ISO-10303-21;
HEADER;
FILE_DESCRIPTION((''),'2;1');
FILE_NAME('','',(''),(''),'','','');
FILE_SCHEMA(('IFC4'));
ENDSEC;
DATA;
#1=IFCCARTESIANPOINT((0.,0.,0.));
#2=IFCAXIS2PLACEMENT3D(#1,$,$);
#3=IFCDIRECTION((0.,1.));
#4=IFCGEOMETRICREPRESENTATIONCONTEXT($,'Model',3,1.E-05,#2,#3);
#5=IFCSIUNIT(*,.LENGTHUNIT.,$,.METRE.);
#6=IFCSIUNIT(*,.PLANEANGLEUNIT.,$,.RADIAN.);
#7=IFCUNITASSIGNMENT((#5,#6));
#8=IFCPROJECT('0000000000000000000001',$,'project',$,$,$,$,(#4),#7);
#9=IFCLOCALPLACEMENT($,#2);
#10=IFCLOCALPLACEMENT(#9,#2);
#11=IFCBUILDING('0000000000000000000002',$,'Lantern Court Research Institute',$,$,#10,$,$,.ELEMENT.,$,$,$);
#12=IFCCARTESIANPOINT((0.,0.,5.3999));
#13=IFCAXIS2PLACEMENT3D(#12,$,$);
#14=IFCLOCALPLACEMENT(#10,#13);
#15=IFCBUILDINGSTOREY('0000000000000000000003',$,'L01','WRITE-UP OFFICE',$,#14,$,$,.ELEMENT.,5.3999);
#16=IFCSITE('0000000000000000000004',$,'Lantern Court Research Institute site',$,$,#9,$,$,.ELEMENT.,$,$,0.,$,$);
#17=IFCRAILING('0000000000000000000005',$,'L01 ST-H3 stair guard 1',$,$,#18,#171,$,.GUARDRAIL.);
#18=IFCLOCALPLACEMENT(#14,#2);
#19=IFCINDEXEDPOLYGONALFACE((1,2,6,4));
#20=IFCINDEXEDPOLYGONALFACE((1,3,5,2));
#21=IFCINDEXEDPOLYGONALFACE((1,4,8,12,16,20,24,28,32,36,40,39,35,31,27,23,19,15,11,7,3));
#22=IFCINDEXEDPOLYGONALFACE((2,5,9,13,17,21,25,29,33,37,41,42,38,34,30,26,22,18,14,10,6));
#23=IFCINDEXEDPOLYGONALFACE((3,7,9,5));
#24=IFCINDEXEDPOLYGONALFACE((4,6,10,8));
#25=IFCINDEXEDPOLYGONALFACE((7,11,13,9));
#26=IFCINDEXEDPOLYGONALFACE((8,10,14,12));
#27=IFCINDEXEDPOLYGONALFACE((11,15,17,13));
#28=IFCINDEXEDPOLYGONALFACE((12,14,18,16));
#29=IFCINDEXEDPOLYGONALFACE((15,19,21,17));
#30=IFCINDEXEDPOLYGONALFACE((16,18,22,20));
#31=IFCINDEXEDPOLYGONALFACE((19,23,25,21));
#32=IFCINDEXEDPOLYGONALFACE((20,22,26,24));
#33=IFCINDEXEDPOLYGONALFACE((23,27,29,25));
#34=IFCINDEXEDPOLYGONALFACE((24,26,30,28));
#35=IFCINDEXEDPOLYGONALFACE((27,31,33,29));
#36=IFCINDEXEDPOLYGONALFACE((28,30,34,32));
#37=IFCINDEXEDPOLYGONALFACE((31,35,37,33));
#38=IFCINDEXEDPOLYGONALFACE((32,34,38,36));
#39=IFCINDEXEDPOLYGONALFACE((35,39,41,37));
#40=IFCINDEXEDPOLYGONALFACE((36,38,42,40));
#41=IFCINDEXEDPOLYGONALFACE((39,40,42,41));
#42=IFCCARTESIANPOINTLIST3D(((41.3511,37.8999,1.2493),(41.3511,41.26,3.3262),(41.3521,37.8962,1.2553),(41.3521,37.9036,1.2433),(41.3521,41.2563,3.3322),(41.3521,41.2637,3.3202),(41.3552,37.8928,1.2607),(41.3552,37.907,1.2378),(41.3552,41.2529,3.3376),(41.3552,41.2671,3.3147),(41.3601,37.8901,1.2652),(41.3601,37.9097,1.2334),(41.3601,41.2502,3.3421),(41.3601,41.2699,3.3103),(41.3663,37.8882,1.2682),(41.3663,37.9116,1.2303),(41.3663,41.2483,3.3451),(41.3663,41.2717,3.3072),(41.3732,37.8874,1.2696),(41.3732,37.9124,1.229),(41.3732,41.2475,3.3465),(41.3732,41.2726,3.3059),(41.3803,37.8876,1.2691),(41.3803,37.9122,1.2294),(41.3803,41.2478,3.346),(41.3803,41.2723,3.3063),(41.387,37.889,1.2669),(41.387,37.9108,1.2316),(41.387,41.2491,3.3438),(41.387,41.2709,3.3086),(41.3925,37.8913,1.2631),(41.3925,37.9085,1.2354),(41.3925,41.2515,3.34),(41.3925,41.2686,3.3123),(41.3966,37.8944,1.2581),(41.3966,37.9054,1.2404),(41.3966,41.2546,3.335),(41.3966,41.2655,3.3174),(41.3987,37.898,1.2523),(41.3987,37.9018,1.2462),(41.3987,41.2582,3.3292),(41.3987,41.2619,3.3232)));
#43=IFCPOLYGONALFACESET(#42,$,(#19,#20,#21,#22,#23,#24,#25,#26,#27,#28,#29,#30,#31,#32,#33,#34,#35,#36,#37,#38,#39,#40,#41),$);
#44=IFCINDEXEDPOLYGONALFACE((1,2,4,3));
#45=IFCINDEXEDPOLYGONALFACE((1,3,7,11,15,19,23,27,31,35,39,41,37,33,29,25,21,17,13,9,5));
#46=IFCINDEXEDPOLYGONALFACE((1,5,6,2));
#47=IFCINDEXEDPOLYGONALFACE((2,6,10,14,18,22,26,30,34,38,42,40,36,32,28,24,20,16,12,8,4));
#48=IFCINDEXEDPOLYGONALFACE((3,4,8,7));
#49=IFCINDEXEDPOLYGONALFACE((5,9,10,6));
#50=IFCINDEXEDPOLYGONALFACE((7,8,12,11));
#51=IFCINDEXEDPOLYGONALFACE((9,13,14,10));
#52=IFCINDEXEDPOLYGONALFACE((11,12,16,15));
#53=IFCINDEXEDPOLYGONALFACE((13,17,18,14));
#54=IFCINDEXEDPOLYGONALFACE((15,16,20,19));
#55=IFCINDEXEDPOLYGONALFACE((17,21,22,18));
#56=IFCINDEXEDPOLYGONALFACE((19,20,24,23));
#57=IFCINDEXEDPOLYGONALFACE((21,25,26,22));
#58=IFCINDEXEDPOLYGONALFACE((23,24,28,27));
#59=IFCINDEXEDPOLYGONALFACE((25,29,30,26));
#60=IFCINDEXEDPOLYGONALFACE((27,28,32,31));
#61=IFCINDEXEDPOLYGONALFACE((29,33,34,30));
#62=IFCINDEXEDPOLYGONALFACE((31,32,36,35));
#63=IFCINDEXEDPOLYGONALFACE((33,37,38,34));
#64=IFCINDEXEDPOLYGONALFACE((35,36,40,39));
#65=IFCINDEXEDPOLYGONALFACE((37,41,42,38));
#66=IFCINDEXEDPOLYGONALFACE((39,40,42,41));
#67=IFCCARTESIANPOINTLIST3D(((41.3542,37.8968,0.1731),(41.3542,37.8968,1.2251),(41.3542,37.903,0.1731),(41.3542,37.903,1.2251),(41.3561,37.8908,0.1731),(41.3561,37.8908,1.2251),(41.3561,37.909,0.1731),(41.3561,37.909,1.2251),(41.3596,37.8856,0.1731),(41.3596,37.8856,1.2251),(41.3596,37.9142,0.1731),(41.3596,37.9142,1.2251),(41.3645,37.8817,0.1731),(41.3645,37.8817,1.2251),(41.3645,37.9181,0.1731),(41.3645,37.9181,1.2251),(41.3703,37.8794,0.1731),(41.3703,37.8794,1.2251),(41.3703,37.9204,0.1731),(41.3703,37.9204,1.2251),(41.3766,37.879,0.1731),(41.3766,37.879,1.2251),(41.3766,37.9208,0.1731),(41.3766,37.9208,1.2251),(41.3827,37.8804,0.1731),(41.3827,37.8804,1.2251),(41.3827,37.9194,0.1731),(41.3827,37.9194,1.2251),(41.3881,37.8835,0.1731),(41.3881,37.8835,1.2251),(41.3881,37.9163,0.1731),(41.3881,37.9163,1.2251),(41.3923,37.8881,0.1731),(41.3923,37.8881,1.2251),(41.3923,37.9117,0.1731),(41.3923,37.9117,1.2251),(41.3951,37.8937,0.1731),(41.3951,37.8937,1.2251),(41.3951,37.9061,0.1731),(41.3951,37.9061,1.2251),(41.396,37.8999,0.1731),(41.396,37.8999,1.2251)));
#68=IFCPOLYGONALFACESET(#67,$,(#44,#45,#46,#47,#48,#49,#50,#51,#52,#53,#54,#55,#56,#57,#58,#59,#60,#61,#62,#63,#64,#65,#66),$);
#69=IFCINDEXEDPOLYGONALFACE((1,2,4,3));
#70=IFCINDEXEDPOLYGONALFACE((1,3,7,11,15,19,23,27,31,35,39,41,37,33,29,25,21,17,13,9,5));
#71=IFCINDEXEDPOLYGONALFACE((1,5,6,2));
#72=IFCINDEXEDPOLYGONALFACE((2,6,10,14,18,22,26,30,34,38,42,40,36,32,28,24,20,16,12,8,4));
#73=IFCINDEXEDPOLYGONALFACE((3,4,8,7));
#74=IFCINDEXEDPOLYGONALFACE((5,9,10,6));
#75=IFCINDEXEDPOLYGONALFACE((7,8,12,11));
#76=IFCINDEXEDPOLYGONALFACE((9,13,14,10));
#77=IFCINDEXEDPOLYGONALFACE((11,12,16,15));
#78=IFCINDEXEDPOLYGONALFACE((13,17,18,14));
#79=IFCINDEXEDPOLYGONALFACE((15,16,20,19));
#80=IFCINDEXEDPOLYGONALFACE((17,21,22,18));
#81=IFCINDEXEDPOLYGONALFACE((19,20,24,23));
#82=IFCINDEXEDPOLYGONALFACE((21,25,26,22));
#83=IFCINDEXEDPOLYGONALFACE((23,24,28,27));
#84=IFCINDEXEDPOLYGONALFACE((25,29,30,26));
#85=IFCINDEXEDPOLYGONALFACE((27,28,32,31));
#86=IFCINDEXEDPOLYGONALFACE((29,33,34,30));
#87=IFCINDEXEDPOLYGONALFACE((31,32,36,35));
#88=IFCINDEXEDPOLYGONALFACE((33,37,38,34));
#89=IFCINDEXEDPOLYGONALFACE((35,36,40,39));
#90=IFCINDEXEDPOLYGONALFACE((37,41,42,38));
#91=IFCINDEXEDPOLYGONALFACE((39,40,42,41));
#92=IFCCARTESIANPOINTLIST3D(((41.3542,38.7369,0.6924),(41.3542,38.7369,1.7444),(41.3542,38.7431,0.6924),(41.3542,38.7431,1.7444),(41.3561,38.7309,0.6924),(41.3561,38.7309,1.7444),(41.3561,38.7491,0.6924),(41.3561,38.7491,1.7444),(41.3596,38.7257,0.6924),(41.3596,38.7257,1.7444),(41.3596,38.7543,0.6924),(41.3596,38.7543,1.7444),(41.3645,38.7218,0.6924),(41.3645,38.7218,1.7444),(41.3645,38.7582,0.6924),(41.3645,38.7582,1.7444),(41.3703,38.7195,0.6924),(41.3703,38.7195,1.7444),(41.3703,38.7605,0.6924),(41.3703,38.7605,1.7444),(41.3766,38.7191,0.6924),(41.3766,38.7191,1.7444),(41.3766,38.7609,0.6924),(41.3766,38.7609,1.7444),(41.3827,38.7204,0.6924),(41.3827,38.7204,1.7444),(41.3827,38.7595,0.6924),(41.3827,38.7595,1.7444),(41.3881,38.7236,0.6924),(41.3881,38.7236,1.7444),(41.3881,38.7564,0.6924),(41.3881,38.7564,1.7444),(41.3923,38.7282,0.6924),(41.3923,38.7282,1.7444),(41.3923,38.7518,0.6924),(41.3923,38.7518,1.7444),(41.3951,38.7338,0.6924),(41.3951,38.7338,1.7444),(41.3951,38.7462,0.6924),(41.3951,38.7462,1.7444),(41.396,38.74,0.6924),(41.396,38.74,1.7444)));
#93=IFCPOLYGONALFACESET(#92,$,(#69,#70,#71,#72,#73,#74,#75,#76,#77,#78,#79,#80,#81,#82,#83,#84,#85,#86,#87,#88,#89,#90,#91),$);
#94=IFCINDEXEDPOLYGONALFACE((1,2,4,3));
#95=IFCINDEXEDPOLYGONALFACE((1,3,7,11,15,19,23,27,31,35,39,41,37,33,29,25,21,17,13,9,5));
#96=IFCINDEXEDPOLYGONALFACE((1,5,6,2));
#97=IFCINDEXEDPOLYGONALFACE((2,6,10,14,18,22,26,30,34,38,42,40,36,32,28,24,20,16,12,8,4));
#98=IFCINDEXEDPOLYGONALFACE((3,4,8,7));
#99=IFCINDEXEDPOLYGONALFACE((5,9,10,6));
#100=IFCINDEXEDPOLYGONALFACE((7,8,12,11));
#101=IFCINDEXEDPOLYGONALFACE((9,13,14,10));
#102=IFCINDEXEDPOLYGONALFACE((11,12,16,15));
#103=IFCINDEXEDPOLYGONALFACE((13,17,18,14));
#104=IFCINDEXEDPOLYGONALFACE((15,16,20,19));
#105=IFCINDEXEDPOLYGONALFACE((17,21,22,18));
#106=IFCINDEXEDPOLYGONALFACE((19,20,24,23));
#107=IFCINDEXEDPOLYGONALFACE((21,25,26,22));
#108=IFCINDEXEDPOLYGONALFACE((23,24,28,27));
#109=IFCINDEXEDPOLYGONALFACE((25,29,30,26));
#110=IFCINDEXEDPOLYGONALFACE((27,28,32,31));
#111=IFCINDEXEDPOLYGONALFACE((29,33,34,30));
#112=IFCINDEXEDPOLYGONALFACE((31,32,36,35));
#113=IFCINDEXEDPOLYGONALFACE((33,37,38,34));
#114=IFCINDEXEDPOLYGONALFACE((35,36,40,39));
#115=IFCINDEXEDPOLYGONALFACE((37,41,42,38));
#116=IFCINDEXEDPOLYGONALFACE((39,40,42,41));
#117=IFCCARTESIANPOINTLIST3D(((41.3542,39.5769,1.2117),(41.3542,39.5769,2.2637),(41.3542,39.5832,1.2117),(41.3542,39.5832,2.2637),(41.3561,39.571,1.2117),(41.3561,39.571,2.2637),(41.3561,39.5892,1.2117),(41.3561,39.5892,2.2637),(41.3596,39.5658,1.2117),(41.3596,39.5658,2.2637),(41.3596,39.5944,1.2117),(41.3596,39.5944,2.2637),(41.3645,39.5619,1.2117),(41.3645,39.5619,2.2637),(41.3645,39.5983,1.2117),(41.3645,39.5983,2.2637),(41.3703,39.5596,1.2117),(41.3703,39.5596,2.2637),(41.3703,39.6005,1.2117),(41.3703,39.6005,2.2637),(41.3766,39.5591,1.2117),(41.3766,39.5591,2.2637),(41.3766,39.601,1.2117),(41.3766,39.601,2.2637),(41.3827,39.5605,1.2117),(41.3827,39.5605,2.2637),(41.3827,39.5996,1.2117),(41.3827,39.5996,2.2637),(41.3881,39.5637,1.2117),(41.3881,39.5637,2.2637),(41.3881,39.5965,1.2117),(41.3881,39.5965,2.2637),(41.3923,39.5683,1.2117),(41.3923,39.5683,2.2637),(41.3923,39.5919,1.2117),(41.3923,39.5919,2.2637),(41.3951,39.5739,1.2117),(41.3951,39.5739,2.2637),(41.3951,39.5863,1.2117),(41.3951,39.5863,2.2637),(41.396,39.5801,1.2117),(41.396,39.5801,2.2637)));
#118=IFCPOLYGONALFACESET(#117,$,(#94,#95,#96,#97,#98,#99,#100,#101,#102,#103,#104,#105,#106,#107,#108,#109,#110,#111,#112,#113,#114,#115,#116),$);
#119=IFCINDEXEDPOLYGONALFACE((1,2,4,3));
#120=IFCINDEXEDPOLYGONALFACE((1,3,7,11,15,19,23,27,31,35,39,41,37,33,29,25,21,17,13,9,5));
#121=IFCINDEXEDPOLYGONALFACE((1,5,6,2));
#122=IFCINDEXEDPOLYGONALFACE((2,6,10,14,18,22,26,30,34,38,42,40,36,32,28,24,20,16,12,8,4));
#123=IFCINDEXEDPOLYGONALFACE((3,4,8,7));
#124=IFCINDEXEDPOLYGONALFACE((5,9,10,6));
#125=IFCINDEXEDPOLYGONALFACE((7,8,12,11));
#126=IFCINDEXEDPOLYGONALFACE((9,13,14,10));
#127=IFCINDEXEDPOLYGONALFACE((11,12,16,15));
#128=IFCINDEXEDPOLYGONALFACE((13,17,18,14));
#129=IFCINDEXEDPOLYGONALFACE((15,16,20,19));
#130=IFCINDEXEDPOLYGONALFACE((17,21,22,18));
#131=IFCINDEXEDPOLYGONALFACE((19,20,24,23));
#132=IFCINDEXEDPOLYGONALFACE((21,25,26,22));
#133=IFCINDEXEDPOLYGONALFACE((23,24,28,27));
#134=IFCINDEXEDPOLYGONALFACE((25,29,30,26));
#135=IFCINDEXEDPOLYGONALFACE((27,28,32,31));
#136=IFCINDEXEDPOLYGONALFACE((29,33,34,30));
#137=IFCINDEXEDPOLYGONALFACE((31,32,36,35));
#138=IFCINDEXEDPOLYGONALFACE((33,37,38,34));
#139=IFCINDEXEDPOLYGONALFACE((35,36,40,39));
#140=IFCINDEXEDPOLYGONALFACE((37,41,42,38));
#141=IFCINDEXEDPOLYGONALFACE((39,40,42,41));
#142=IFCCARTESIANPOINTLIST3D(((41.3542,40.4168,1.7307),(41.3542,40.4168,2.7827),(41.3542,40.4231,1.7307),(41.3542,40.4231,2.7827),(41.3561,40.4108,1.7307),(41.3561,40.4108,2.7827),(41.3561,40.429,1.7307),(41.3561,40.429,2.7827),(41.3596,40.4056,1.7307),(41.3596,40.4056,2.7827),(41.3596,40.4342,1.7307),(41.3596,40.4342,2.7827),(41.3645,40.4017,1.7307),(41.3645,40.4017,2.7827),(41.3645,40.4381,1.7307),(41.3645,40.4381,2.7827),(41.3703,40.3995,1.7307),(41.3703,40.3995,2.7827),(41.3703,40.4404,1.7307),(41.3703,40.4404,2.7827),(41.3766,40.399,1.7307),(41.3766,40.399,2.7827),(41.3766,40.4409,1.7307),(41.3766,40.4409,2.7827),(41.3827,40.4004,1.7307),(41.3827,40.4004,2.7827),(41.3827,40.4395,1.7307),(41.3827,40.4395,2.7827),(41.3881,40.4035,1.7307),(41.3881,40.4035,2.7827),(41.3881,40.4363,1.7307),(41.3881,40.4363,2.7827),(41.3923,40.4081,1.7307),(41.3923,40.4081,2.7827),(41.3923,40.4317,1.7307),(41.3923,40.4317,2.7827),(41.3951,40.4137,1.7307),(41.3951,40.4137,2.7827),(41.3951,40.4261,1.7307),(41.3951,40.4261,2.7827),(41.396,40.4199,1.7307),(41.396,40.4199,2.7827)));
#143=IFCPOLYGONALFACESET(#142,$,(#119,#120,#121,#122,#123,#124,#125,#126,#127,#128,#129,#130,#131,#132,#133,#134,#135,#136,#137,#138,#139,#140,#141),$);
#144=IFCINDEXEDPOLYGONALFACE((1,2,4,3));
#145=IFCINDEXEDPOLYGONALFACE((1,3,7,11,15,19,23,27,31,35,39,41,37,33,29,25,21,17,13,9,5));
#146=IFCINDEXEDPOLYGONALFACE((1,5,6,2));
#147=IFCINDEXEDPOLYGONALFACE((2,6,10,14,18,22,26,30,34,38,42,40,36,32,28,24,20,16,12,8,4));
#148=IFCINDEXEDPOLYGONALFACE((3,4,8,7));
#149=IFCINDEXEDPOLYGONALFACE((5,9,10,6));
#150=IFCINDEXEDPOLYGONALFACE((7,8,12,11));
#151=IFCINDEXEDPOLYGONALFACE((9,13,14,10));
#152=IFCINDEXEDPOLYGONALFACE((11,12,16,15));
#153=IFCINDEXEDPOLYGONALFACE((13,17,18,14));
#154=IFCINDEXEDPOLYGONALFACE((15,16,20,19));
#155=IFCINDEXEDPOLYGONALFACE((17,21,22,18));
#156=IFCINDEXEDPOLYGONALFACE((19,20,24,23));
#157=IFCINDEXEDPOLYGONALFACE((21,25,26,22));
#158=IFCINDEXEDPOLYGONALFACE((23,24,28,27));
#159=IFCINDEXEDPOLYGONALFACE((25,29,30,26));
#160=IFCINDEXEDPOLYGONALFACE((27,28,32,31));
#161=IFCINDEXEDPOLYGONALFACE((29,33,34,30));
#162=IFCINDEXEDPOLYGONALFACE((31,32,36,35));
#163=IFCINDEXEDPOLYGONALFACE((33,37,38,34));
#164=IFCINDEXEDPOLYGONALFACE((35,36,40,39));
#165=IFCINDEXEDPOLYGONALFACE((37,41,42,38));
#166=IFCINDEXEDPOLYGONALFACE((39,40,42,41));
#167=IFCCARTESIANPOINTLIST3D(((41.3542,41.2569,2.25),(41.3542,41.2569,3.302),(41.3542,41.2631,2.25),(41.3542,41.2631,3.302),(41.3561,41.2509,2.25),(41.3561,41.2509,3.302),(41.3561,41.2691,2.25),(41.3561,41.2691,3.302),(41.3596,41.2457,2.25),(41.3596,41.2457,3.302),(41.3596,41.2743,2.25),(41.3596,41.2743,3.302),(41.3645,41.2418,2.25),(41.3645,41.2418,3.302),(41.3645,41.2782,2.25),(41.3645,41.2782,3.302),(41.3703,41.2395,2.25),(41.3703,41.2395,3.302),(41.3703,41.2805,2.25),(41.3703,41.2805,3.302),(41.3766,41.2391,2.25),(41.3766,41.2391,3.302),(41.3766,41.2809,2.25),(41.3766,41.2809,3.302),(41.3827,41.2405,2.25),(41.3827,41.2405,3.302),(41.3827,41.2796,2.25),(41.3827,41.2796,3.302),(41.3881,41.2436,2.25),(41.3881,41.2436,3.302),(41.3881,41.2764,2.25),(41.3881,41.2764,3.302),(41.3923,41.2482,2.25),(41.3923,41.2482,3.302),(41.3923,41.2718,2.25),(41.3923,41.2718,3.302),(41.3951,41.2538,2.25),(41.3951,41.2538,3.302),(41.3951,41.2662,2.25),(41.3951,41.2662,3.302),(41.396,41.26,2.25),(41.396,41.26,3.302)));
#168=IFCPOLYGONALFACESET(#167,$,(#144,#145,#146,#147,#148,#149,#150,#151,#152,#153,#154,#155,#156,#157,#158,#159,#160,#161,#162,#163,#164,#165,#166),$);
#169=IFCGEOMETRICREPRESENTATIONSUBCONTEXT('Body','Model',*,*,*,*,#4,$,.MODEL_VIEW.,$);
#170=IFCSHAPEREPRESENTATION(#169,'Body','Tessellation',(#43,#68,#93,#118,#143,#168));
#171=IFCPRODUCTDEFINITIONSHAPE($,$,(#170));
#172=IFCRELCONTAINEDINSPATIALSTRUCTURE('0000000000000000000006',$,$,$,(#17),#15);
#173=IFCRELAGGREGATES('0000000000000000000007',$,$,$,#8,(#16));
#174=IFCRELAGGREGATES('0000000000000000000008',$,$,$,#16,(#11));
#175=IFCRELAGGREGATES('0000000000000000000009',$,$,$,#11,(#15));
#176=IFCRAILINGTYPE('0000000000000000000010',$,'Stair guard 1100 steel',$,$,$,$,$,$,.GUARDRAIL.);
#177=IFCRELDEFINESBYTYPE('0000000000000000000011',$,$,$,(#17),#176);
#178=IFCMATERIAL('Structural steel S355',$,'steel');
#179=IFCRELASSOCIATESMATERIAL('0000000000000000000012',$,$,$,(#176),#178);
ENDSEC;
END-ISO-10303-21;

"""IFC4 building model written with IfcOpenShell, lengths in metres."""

from ifc_helpers import new_model, si_unit, direction, frame, origin, origin_2d, place, context, subcontext, project, spatial, circle, extrude, material, type_object, element, save


model = new_model("IFC4")

# Units and contexts
model_context = context("Model", 3, precision=1e-05, world=origin(), true_north=direction((0.0, 1.0)))
body_context = subcontext(model_context, "Body", "Model", "MODEL_VIEW")
ifc_project = project(units=[si_unit("LENGTHUNIT", "METRE"), si_unit("PLANEANGLEUNIT", "RADIAN")], contexts=[model_context])

# Site, building, storey
site_placement = place(None, origin())
site = spatial("IfcSite", under=ifc_project, at=site_placement, Name="Lantern Court Research Institute site", CompositionType="ELEMENT", RefElevation=0.0)
building_placement = place(site_placement, origin())
building = spatial("IfcBuilding", under=site, at=building_placement, Name="Lantern Court Research Institute", CompositionType="ELEMENT")
storey_placement = place(building_placement, frame((0.0, 0.0, 5.3999)))
storey = spatial("IfcBuildingStorey", under=building, at=storey_placement, Name="L01", Description="WRITE-UP OFFICE", CompositionType="ELEMENT", Elevation=5.3999)

# Railing
ifc_material_1 = material(Name="Structural steel S355", Category="steel")
railing_type_1 = type_object("IfcRailingType", Name="Stair guard 1100 steel", PredefinedType="GUARDRAIL", material=ifc_material_1)
railing_1_placement = place(storey_placement, frame((41.375, 37.8999, 0.1731)))
element("IfcRailing", 1, at=railing_1_placement, inside=storey, type_object=railing_type_1, Name="L01 ST-H3 stair guard 1", PredefinedType="GUARDRAIL", context=body_context, shape_type="SweptSolid", body=[
    extrude(circle(Radius=0.0239, at=origin_2d()), frame((0.0, 0.0, 1.0762), z_axis=(0.0, 0.850623, 0.525776), x_axis=(-1.0, 0.0, 0.0)), (0.0, 0.0, 1.0), 3.9502),
    extrude(circle(Radius=0.021, at=origin_2d()), origin(), (0.0, 0.0, 1.0), 1.052),
    extrude(circle(Radius=0.021, at=origin_2d()), frame((0.0, 0.8401, 0.5193)), (0.0, 0.0, 1.0), 1.052),
    extrude(circle(Radius=0.021, at=origin_2d()), frame((0.0, 1.6802, 1.0386)), (0.0, 0.0, 1.0), 1.052),
    extrude(circle(Radius=0.021, at=origin_2d()), frame((0.0, 2.52, 1.5576)), (0.0, 0.0, 1.0), 1.052),
    extrude(circle(Radius=0.021, at=origin_2d()), frame((0.0, 3.3601, 2.0769)), (0.0, 0.0, 1.0), 1.052),
])

save(model, "model.ifc")
